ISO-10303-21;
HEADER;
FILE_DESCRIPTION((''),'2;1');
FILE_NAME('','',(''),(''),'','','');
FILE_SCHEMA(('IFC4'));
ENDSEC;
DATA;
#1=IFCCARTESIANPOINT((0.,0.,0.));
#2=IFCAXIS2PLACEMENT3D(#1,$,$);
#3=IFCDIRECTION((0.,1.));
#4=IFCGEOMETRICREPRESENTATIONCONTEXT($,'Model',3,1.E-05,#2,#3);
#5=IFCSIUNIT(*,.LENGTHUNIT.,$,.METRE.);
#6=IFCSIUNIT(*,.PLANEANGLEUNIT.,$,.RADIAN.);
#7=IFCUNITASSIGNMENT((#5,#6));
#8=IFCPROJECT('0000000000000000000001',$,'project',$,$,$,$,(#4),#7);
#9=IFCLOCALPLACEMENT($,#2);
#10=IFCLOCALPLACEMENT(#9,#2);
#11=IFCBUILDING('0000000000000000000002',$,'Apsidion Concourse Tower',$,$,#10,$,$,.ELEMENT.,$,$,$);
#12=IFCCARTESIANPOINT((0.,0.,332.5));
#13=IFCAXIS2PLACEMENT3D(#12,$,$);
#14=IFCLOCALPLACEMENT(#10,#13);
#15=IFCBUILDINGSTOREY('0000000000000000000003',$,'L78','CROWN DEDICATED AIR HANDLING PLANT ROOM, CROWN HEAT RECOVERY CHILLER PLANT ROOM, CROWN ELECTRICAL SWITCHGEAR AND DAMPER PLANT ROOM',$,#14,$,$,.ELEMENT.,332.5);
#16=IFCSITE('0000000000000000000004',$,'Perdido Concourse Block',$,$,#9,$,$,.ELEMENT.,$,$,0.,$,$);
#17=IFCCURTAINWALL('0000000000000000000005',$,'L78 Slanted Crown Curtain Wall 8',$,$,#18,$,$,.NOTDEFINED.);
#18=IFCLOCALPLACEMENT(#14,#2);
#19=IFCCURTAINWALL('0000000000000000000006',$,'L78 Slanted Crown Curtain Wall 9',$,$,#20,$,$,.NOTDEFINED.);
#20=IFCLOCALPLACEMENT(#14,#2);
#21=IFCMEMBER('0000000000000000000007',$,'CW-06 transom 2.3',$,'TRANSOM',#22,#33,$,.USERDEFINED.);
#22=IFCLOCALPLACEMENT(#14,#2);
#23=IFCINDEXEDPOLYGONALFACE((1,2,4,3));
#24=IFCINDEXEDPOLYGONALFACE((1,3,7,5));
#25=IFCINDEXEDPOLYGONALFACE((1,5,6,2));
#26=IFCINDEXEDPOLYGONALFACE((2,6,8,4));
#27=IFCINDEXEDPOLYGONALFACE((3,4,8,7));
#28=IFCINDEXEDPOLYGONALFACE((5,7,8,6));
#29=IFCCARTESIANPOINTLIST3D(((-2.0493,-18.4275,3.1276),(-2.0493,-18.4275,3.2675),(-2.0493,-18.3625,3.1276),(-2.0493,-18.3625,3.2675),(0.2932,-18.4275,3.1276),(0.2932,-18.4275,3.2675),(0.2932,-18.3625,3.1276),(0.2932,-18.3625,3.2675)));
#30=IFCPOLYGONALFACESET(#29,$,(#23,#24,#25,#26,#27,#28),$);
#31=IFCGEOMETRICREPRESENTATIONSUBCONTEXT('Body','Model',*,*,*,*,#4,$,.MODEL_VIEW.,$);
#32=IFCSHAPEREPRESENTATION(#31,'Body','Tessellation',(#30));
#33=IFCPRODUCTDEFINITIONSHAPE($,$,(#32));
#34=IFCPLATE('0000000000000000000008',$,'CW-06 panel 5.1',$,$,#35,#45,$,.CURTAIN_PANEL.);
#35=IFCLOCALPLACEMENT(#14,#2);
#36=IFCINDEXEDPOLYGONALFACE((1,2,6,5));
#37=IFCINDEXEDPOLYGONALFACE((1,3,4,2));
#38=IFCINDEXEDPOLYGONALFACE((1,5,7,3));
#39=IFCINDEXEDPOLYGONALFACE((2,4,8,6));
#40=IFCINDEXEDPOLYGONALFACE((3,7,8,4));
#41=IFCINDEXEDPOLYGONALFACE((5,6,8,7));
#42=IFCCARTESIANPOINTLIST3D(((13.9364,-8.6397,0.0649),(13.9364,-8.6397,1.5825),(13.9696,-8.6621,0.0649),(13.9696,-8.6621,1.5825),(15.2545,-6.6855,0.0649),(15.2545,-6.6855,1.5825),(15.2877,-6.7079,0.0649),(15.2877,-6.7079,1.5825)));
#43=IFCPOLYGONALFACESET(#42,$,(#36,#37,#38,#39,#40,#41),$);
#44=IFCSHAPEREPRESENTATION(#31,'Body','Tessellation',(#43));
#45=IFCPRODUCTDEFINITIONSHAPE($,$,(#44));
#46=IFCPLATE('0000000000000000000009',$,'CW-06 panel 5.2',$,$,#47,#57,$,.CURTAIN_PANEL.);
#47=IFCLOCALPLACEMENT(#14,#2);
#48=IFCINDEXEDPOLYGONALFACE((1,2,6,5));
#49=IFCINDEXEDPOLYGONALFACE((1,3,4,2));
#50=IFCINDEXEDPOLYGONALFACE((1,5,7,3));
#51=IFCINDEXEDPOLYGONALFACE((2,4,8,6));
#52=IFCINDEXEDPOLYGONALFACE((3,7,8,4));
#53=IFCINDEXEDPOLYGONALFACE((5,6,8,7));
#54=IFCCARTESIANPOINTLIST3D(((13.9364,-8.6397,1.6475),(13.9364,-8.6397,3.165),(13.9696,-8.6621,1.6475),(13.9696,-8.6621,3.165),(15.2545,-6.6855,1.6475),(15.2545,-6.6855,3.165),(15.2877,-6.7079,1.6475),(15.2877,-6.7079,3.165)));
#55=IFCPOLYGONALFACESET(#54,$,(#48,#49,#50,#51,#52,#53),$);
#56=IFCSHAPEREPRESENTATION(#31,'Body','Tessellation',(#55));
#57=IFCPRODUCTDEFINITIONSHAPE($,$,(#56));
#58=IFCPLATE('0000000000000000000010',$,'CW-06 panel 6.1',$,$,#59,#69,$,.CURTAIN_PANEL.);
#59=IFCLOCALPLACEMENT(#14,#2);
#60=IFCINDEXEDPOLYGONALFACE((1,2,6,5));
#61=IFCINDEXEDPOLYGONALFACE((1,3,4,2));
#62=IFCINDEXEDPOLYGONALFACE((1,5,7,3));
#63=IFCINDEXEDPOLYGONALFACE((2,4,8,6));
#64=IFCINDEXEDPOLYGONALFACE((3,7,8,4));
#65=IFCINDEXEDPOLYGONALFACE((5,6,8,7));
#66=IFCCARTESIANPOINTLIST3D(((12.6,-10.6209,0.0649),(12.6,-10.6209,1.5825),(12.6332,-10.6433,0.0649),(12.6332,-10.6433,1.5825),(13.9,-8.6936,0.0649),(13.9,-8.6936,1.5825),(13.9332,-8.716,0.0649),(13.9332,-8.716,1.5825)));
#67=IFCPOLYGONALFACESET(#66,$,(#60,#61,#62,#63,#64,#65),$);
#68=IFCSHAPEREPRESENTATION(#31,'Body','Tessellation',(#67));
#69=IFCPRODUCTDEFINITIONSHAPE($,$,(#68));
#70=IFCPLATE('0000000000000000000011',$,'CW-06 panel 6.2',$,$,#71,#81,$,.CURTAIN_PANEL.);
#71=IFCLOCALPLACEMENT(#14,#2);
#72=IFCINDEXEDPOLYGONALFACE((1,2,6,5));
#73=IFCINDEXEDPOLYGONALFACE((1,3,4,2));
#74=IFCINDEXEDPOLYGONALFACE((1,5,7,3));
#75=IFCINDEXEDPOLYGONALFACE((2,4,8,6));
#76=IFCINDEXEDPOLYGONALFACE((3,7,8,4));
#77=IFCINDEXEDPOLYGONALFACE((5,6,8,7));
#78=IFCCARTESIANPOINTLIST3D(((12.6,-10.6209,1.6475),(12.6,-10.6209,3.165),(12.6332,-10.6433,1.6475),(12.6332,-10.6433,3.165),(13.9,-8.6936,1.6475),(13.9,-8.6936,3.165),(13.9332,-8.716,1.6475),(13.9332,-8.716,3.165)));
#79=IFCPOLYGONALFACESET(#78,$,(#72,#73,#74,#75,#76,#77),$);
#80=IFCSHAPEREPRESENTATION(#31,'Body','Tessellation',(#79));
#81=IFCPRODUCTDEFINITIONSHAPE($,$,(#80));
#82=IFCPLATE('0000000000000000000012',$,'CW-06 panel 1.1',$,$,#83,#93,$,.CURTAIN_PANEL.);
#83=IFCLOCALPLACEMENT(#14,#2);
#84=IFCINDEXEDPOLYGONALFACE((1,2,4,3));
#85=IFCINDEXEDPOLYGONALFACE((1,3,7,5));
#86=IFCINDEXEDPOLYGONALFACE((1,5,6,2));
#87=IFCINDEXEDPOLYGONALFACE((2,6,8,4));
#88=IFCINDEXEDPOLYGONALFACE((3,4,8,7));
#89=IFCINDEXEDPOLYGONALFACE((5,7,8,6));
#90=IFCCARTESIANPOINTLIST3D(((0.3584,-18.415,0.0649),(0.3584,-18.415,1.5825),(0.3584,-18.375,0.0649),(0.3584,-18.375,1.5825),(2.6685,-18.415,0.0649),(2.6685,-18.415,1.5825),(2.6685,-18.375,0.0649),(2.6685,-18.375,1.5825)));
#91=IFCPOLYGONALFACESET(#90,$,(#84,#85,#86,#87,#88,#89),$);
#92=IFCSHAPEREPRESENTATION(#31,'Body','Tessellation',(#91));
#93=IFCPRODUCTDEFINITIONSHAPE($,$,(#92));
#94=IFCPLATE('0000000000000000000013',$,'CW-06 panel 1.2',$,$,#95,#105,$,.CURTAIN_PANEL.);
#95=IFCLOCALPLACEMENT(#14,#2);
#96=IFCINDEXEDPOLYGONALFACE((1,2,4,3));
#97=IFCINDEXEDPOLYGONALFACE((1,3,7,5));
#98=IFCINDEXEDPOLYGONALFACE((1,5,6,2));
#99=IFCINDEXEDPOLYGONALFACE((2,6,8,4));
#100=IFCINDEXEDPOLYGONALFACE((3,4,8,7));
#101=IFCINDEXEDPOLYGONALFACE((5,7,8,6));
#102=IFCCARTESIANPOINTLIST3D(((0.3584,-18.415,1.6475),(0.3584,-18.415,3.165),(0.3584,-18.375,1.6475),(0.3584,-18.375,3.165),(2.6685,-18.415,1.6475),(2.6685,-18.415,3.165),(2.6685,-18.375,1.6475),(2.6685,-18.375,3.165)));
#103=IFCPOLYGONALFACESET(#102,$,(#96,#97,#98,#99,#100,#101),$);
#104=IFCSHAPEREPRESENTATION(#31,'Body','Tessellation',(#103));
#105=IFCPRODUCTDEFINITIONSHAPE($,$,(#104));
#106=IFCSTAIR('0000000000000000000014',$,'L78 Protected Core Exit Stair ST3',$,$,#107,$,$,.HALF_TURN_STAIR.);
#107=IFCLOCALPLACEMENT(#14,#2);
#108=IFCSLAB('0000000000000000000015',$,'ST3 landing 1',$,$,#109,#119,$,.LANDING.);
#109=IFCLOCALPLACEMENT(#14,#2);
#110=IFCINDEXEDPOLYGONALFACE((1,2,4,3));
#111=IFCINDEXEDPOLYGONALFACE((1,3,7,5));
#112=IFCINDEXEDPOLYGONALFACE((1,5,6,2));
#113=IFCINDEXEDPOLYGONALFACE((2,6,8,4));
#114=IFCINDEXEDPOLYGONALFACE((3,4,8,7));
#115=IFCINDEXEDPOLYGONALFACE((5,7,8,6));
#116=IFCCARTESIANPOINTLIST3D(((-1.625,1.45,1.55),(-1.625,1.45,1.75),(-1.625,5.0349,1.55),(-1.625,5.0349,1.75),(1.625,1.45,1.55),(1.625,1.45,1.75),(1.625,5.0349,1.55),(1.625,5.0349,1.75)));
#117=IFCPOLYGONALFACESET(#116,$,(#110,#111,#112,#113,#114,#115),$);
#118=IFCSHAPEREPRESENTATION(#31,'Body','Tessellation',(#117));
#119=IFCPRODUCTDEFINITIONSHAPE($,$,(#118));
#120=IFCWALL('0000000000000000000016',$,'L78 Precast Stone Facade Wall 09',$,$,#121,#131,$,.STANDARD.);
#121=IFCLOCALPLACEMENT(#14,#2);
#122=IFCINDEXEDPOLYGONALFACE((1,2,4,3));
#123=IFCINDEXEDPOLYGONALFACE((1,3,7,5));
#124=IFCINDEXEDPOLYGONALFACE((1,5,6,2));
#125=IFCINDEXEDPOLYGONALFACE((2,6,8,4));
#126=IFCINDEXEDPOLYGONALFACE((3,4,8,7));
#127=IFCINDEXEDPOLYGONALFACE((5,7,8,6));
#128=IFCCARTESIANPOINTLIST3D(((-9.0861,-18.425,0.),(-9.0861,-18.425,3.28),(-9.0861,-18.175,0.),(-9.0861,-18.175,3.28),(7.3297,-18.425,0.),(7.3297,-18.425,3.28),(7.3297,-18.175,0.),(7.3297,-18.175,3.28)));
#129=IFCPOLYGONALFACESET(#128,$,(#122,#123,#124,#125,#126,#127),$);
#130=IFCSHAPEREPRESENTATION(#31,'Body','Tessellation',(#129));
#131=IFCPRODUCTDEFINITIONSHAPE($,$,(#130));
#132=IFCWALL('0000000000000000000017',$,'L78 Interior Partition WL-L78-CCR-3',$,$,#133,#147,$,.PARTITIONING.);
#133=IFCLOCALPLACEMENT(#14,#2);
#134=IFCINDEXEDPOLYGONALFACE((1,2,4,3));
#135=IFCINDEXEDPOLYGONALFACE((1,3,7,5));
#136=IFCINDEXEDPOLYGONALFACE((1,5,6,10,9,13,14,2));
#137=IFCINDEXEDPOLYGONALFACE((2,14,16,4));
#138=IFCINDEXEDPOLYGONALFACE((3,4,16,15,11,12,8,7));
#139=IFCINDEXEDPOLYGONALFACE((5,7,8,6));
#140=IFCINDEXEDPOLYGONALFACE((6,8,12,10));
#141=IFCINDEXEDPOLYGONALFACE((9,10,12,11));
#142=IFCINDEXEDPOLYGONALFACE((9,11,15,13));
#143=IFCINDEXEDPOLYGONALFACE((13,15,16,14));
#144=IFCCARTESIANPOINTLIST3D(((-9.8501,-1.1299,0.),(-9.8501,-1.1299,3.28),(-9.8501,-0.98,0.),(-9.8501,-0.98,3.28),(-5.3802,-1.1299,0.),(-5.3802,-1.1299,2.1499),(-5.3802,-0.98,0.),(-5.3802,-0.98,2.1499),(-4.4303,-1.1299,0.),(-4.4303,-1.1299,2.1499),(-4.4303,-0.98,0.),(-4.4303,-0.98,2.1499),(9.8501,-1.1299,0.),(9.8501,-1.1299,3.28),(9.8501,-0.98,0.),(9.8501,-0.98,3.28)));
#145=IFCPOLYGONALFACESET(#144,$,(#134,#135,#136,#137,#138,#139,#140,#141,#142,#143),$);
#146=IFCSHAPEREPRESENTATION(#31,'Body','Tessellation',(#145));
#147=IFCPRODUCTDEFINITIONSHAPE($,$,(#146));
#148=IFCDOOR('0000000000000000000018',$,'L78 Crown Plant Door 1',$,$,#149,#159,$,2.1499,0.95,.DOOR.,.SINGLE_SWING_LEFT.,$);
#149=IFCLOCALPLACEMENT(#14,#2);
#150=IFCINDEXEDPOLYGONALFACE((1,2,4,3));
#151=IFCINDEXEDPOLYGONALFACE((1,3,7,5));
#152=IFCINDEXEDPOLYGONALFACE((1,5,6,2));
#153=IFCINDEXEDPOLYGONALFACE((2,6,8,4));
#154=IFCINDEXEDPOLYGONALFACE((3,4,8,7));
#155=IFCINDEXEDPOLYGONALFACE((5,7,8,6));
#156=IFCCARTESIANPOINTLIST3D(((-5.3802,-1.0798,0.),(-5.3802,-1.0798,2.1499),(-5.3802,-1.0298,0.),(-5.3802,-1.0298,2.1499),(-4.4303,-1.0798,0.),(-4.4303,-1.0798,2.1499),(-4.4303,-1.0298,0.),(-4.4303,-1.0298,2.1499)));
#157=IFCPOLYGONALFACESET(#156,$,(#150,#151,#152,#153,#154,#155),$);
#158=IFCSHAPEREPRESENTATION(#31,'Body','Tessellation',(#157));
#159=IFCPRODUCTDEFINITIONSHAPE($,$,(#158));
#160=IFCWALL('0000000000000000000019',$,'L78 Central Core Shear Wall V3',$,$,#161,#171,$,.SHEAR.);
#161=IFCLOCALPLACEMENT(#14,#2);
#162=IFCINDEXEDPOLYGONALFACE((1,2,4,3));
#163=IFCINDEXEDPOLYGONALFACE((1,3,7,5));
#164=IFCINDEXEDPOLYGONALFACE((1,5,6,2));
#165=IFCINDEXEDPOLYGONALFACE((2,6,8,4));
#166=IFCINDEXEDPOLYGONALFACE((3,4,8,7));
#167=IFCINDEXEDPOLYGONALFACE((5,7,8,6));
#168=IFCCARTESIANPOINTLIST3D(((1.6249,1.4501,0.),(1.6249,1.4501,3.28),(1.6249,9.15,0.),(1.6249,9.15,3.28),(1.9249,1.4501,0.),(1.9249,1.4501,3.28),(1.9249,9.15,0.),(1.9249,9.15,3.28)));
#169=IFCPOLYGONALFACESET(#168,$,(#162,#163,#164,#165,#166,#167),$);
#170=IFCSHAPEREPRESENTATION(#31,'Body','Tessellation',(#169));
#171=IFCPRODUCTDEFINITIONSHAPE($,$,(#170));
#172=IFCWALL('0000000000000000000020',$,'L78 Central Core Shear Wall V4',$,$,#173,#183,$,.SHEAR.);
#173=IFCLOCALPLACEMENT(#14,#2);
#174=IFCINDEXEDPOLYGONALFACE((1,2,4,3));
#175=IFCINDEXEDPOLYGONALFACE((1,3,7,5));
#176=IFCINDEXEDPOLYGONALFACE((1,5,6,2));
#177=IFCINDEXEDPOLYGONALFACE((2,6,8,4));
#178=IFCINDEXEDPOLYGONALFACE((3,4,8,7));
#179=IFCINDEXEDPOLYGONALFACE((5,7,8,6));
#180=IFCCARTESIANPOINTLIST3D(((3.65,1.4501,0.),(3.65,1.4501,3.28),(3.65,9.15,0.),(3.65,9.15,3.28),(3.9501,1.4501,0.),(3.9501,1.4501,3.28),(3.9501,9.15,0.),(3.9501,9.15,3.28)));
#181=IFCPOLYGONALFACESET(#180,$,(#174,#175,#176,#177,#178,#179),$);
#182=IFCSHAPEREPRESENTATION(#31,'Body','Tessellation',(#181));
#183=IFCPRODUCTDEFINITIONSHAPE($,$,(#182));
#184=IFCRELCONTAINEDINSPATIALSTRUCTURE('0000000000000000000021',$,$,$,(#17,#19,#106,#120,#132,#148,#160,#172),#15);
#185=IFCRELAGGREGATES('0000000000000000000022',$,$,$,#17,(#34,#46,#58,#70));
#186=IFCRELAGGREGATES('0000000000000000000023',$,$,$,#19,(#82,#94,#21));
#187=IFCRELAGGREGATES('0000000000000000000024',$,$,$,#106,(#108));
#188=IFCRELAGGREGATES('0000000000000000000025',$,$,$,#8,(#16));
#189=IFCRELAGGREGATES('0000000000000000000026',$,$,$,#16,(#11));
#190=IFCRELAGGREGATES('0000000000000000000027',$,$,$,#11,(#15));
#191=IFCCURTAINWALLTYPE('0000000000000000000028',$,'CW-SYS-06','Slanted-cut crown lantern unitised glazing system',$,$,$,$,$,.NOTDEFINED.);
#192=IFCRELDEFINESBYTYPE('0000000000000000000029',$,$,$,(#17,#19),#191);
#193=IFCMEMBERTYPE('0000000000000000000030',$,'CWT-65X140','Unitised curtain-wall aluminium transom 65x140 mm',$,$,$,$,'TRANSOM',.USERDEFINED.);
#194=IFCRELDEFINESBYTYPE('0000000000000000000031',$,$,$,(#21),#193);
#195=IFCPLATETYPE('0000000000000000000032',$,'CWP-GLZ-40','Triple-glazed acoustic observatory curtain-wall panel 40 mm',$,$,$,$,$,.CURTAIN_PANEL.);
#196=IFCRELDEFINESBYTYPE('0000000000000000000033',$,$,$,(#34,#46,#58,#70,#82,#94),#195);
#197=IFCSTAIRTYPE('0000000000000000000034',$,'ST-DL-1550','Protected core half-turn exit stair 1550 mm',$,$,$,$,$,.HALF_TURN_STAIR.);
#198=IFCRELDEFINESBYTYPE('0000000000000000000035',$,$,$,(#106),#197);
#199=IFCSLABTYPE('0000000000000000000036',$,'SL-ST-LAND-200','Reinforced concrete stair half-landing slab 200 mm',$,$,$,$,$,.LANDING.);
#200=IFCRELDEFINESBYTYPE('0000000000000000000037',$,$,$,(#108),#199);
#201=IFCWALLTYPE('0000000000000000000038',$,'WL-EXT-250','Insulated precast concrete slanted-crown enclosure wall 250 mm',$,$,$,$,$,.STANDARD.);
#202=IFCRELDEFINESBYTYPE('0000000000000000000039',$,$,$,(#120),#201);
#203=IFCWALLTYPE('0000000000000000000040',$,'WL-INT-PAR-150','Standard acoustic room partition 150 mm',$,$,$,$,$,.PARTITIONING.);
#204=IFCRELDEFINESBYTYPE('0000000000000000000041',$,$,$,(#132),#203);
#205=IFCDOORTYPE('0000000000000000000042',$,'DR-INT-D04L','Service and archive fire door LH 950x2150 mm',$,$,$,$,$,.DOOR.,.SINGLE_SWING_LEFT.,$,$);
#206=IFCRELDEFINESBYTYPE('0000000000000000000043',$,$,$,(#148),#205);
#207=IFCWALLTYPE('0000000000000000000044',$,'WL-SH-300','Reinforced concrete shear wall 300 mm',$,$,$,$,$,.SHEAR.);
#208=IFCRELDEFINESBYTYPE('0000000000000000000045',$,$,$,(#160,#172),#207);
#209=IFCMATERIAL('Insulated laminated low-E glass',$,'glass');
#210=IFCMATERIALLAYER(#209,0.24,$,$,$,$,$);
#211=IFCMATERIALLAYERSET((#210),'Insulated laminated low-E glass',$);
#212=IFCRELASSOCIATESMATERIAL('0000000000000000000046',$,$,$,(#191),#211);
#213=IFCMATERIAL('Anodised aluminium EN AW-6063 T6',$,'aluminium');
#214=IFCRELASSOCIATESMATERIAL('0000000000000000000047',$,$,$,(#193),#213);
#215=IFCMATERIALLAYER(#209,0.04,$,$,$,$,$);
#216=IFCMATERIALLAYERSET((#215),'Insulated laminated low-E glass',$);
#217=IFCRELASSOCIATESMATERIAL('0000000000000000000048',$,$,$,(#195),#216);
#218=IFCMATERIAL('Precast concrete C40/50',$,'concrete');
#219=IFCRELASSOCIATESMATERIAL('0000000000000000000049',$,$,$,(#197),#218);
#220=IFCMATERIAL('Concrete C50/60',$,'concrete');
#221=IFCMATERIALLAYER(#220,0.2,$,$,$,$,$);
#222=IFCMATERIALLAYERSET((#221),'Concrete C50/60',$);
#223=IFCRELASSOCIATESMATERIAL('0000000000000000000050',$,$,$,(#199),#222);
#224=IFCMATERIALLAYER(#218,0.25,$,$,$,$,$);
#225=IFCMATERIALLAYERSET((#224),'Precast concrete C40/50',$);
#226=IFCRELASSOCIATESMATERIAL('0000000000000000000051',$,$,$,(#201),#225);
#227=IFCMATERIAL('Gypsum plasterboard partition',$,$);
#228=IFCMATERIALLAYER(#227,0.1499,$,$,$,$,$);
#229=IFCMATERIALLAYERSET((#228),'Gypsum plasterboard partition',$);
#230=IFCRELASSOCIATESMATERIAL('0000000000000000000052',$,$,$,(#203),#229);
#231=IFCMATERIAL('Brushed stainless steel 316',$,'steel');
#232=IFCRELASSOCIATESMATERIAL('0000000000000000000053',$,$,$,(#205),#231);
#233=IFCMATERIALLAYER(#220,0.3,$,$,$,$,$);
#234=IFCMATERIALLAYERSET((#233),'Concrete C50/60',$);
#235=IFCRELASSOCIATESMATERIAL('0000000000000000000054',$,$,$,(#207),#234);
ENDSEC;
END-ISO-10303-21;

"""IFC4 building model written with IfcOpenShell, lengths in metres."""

from ifc_helpers import new_model, si_unit, direction, frame, frame_2d, origin, origin_2d, place, context, subcontext, project, spatial, polyline, rectangle, outline, extrude, material, layer, layer_set, material_profile, profile_set, type_object, element, fill, aggregate, save


model = new_model("IFC4")

# Units and contexts
model_context = context("Model", 3, precision=1e-05, world=origin(), true_north=direction((0.0, 1.0)))
body_context = subcontext(model_context, "Body", "Model", "MODEL_VIEW")
ifc_project = project(units=[si_unit("LENGTHUNIT", "METRE"), si_unit("PLANEANGLEUNIT", "RADIAN")], contexts=[model_context])

# Site, building, storey
site_placement = place(None, origin())
site = spatial("IfcSite", under=ifc_project, at=site_placement, Name="Perdido Concourse Block", CompositionType="ELEMENT", RefElevation=0.0)
building_placement = place(site_placement, origin())
building = spatial("IfcBuilding", under=site, at=building_placement, Name="Apsidion Concourse Tower", CompositionType="ELEMENT")
storey_placement = place(building_placement, frame((0.0, 0.0, 332.5)))
storey = spatial("IfcBuildingStorey", under=building, at=storey_placement, Name="L78", Description="CROWN DEDICATED AIR HANDLING PLANT ROOM, CROWN HEAT RECOVERY CHILLER PLANT ROOM, CROWN ELECTRICAL SWITCHGEAR AND DAMPER PLANT ROOM", CompositionType="ELEMENT", Elevation=332.5)

# Shared definitions
ifc_material_1 = material(Name="Concrete C50/60", Category="concrete")

# Curtain walls
ifc_material_2 = material(Name="Insulated laminated low-E glass", Category="glass")
ifc_layer_1 = layer(ifc_material_2, 0.24)
ifc_layer_set_1 = layer_set([ifc_layer_1], Name="Insulated laminated low-E glass")
curtain_wall_type = type_object("IfcCurtainWallType", Name="CW-SYS-06", Description="Slanted-cut crown lantern unitised glazing system", PredefinedType="NOTDEFINED", material=ifc_layer_set_1)
curtain_wall_1_placement = place(storey_placement, origin())
curtain_wall_1 = element("IfcCurtainWall", 1, at=curtain_wall_1_placement, inside=storey, type_object=curtain_wall_type, Name="L78 Slanted Crown Curtain Wall 8", PredefinedType="NOTDEFINED")
ifc_material_3 = material(Name="Anodised aluminium EN AW-6063 T6", Category="aluminium")
curtain_wall_2_placement = place(storey_placement, origin())
curtain_wall_2 = element("IfcCurtainWall", 2, at=curtain_wall_2_placement, inside=storey, type_object=curtain_wall_type, Name="L78 Slanted Crown Curtain Wall 9", PredefinedType="NOTDEFINED")

# Member
ifc_material_profile_1 = material_profile(ifc_material_3, rectangle(XDim=0.0649, YDim=0.1399, at=origin_2d()), Name="ALU TRANSOM 65x140")
ifc_profile_set_1 = profile_set([ifc_material_profile_1], Name="Anodised aluminium EN AW-6063 T6")
member_type_1 = type_object("IfcMemberType", Name="CWT-65X140", Description="Unitised curtain-wall aluminium transom 65x140 mm", ElementType="TRANSOM", PredefinedType="USERDEFINED", material=ifc_profile_set_1)
member_1_placement = place(storey_placement, frame((0.2932, -18.395, 3.1975), z_axis=(-1.0, 0.0, 0.0), x_axis=(0.0, -1.0, 0.0)))
member_1 = element("IfcMember", 3, at=member_1_placement, type_object=member_type_1, Name="CW-06 transom 2.3", ObjectType="TRANSOM", PredefinedType="USERDEFINED", context=body_context, shape_type="SweptSolid", body=[
    extrude(rectangle(XDim=0.0649, YDim=0.1399, at=origin_2d()), origin(), (0.0, 0.0, 1.0), 2.3425),
])

# Plates
ifc_layer_2 = layer(ifc_material_2, 0.04)
ifc_layer_set_2 = layer_set([ifc_layer_2], Name="Insulated laminated low-E glass")
plate_type = type_object("IfcPlateType", Name="CWP-GLZ-40", Description="Triple-glazed acoustic observatory curtain-wall panel 40 mm", PredefinedType="CURTAIN_PANEL", material=ifc_layer_set_2)
plate_1_placement = place(storey_placement, frame((14.6121, -7.6738, 0.0649), z_axis=(0.0, 0.0, 1.0), x_axis=(-0.559192, -0.829038, 0.0)))
plate_1 = element("IfcPlate", 4, at=plate_1_placement, type_object=plate_type, Name="CW-06 panel 5.1", PredefinedType="CURTAIN_PANEL", context=body_context, shape_type="SweptSolid", body=[
    extrude(rectangle(XDim=2.3572, YDim=0.04, at=origin_2d()), origin(), (0.0, 0.0, 1.0), 1.5176),
])
plate_2_placement = place(storey_placement, frame((14.6121, -7.6738, 1.6475), z_axis=(0.0, 0.0, 1.0), x_axis=(-0.559192, -0.829038, 0.0)))
plate_2 = element("IfcPlate", 5, at=plate_2_placement, type_object=plate_type, Name="CW-06 panel 5.2", PredefinedType="CURTAIN_PANEL", context=body_context, shape_type="SweptSolid", body=[
    extrude(rectangle(XDim=2.3572, YDim=0.04, at=origin_2d()), origin(), (0.0, 0.0, 1.0), 1.5176),
])
plate_3_placement = place(storey_placement, frame((13.2666, -9.6685, 0.0649), z_axis=(0.0, 0.0, 1.0), x_axis=(-0.559192, -0.829038, 0.0)))
plate_3 = element("IfcPlate", 6, at=plate_3_placement, type_object=plate_type, Name="CW-06 panel 6.1", PredefinedType="CURTAIN_PANEL", context=body_context, shape_type="SweptSolid", body=[
    extrude(rectangle(XDim=2.3247, YDim=0.04, at=origin_2d()), origin(), (0.0, 0.0, 1.0), 1.5176),
])
plate_4_placement = place(storey_placement, frame((13.2666, -9.6685, 1.6475), z_axis=(0.0, 0.0, 1.0), x_axis=(-0.559192, -0.829038, 0.0)))
plate_4 = element("IfcPlate", 7, at=plate_4_placement, type_object=plate_type, Name="CW-06 panel 6.2", PredefinedType="CURTAIN_PANEL", context=body_context, shape_type="SweptSolid", body=[
    extrude(rectangle(XDim=2.3247, YDim=0.04, at=origin_2d()), origin(), (0.0, 0.0, 1.0), 1.5176),
])
aggregate(curtain_wall_1, [plate_1, plate_2, plate_3, plate_4])
plate_5_placement = place(storey_placement, frame((1.5134, -18.395, 0.0649), z_axis=(0.0, 0.0, 1.0), x_axis=(-1.0, 0.0, 0.0)))
plate_5 = element("IfcPlate", 8, at=plate_5_placement, type_object=plate_type, Name="CW-06 panel 1.1", PredefinedType="CURTAIN_PANEL", context=body_context, shape_type="SweptSolid", body=[
    extrude(rectangle(XDim=2.3101, YDim=0.04, at=origin_2d()), origin(), (0.0, 0.0, 1.0), 1.5176),
])
plate_6_placement = place(storey_placement, frame((1.5134, -18.395, 1.6475), z_axis=(0.0, 0.0, 1.0), x_axis=(-1.0, 0.0, 0.0)))
plate_6 = element("IfcPlate", 9, at=plate_6_placement, type_object=plate_type, Name="CW-06 panel 1.2", PredefinedType="CURTAIN_PANEL", context=body_context, shape_type="SweptSolid", body=[
    extrude(rectangle(XDim=2.3101, YDim=0.04, at=origin_2d()), origin(), (0.0, 0.0, 1.0), 1.5176),
])
aggregate(curtain_wall_2, [plate_5, plate_6, member_1])

# Stair, slab
ifc_material_4 = material(Name="Precast concrete C40/50", Category="concrete")
stair_type = type_object("IfcStairType", Name="ST-DL-1550", Description="Protected core half-turn exit stair 1550 mm", PredefinedType="HALF_TURN_STAIR", material=ifc_material_4)
stair_placement = place(storey_placement, origin())
stair = element("IfcStair", 10, at=stair_placement, inside=storey, type_object=stair_type, Name="L78 Protected Core Exit Stair ST3", PredefinedType="HALF_TURN_STAIR")
ifc_layer_3 = layer(ifc_material_1, 0.2)
ifc_layer_set_3 = layer_set([ifc_layer_3], Name="Concrete C50/60")
slab_type = type_object("IfcSlabType", Name="SL-ST-LAND-200", Description="Reinforced concrete stair half-landing slab 200 mm", PredefinedType="LANDING", material=ifc_layer_set_3)
slab_placement = place(storey_placement, frame((0.0, 0.0, 1.55)))
slab = element("IfcSlab", 11, at=slab_placement, type_object=slab_type, Name="ST3 landing 1", PredefinedType="LANDING", context=body_context, shape_type="SweptSolid", body=[
    extrude(outline(polyline([(-1.625, 5.0349), (-1.625, 1.45), (1.625, 1.45), (1.625, 5.0349), (-1.625, 5.0349)])), origin(), (0.0, 0.0, 1.0), 0.2),
])
aggregate(stair, [slab])

# Wall
ifc_layer_4 = layer(ifc_material_4, 0.25)
ifc_layer_set_4 = layer_set([ifc_layer_4], Name="Precast concrete C40/50")
wall_type_1 = type_object("IfcWallType", Name="WL-EXT-250", Description="Insulated precast concrete slanted-crown enclosure wall 250 mm", PredefinedType="STANDARD", material=ifc_layer_set_4)
wall_1_placement = place(storey_placement, frame((7.3298, -18.3, 0.0), z_axis=(0.0, 0.0, 1.0), x_axis=(-1.0, 0.0, 0.0)))
element("IfcWall", 12, at=wall_1_placement, inside=storey, type_object=wall_type_1, Name="L78 Precast Stone Facade Wall 09", PredefinedType="STANDARD", context=body_context, shape_type="SweptSolid", body=[
    extrude(rectangle(XDim=16.4158, YDim=0.25, at=frame_2d((8.208, 0.0))), origin(), (0.0, 0.0, 1.0), 3.28),
])

# Wall, opening, door
ifc_material_5 = material(Name="Gypsum plasterboard partition")
ifc_layer_5 = layer(ifc_material_5, 0.1499)
ifc_layer_set_5 = layer_set([ifc_layer_5], Name="Gypsum plasterboard partition")
wall_type_2 = type_object("IfcWallType", Name="WL-INT-PAR-150", Description="Standard acoustic room partition 150 mm", PredefinedType="PARTITIONING", material=ifc_layer_set_5)
wall_2_placement = place(storey_placement, frame((9.8501, -1.0549, 0.0), z_axis=(0.0, 0.0, 1.0), x_axis=(-1.0, 0.0, 0.0)))
wall_2 = element("IfcWall", 13, at=wall_2_placement, inside=storey, type_object=wall_type_2, Name="L78 Interior Partition WL-L78-CCR-3", PredefinedType="PARTITIONING", context=body_context, shape_type="SweptSolid", body=[
    extrude(rectangle(XDim=19.7002, YDim=0.1499, at=frame_2d((9.8501, 0.0))), origin(), (0.0, 0.0, 1.0), 3.28),
])
opening_placement = place(wall_2_placement, frame((14.2803, 0.0, 0.0)))
opening = element("IfcOpeningElement", 14, at=opening_placement, cuts=wall_2, PredefinedType="OPENING", context=body_context, shape_type="SweptSolid", body=[
    extrude(rectangle(XDim=0.95, YDim=2.1499, at=frame_2d((0.4751, 1.075))), frame((0.0, 0.085, 0.0), z_axis=(0.0, -1.0, 0.0), x_axis=(1.0, 0.0, 0.0)), (0.0, 0.0, 1.0), 0.1699),
])
ifc_material_6 = material(Name="Brushed stainless steel 316", Category="steel")
door_type = type_object("IfcDoorType", Name="DR-INT-D04L", Description="Service and archive fire door LH 950x2150 mm", OperationType="SINGLE_SWING_LEFT", PredefinedType="DOOR", material=ifc_material_6)
door_placement = place(opening_placement, origin())
door = element("IfcDoor", 15, at=door_placement, inside=storey, type_object=door_type, Name="L78 Crown Plant Door 1", OperationType="SINGLE_SWING_LEFT", OverallHeight=2.1499, OverallWidth=0.95, PredefinedType="DOOR", context=body_context, shape_type="SweptSolid", body=[
    extrude(rectangle(XDim=0.95, YDim=2.1499, at=frame_2d((0.4751, 1.075))), frame((0.0, 0.0249, 0.0), z_axis=(0.0, -1.0, 0.0), x_axis=(1.0, 0.0, 0.0)), (0.0, 0.0, 1.0), 0.05),
])
fill(opening, door)

# Walls
ifc_layer_6 = layer(ifc_material_1, 0.3)
ifc_layer_set_6 = layer_set([ifc_layer_6], Name="Concrete C50/60")
wall_type_3 = type_object("IfcWallType", Name="WL-SH-300", Description="Reinforced concrete shear wall 300 mm", PredefinedType="SHEAR", material=ifc_layer_set_6)
for number, where, z_axis, x_axis, name in (
    (16, (1.7749, 1.45, 0.0), (0.0, 0.0, 1.0), (0.0, 1.0, 0.0), "L78 Central Core Shear Wall V3"),
    (17, (3.8, 1.45, 0.0), (0.0, 0.0, 1.0), (0.0, 1.0, 0.0), "L78 Central Core Shear Wall V4"),
):
    element("IfcWall", number, at=place(storey_placement, frame(where, z_axis=z_axis, x_axis=x_axis)), inside=storey, type_object=wall_type_3, Name=name, PredefinedType="SHEAR", context=body_context, shape_type="SweptSolid", body=[
        extrude(rectangle(XDim=7.7, YDim=0.3, at=frame_2d((3.8501, 0.0))), origin(), (0.0, 0.0, 1.0), 3.28),
    ])

save(model, "model.ifc")
